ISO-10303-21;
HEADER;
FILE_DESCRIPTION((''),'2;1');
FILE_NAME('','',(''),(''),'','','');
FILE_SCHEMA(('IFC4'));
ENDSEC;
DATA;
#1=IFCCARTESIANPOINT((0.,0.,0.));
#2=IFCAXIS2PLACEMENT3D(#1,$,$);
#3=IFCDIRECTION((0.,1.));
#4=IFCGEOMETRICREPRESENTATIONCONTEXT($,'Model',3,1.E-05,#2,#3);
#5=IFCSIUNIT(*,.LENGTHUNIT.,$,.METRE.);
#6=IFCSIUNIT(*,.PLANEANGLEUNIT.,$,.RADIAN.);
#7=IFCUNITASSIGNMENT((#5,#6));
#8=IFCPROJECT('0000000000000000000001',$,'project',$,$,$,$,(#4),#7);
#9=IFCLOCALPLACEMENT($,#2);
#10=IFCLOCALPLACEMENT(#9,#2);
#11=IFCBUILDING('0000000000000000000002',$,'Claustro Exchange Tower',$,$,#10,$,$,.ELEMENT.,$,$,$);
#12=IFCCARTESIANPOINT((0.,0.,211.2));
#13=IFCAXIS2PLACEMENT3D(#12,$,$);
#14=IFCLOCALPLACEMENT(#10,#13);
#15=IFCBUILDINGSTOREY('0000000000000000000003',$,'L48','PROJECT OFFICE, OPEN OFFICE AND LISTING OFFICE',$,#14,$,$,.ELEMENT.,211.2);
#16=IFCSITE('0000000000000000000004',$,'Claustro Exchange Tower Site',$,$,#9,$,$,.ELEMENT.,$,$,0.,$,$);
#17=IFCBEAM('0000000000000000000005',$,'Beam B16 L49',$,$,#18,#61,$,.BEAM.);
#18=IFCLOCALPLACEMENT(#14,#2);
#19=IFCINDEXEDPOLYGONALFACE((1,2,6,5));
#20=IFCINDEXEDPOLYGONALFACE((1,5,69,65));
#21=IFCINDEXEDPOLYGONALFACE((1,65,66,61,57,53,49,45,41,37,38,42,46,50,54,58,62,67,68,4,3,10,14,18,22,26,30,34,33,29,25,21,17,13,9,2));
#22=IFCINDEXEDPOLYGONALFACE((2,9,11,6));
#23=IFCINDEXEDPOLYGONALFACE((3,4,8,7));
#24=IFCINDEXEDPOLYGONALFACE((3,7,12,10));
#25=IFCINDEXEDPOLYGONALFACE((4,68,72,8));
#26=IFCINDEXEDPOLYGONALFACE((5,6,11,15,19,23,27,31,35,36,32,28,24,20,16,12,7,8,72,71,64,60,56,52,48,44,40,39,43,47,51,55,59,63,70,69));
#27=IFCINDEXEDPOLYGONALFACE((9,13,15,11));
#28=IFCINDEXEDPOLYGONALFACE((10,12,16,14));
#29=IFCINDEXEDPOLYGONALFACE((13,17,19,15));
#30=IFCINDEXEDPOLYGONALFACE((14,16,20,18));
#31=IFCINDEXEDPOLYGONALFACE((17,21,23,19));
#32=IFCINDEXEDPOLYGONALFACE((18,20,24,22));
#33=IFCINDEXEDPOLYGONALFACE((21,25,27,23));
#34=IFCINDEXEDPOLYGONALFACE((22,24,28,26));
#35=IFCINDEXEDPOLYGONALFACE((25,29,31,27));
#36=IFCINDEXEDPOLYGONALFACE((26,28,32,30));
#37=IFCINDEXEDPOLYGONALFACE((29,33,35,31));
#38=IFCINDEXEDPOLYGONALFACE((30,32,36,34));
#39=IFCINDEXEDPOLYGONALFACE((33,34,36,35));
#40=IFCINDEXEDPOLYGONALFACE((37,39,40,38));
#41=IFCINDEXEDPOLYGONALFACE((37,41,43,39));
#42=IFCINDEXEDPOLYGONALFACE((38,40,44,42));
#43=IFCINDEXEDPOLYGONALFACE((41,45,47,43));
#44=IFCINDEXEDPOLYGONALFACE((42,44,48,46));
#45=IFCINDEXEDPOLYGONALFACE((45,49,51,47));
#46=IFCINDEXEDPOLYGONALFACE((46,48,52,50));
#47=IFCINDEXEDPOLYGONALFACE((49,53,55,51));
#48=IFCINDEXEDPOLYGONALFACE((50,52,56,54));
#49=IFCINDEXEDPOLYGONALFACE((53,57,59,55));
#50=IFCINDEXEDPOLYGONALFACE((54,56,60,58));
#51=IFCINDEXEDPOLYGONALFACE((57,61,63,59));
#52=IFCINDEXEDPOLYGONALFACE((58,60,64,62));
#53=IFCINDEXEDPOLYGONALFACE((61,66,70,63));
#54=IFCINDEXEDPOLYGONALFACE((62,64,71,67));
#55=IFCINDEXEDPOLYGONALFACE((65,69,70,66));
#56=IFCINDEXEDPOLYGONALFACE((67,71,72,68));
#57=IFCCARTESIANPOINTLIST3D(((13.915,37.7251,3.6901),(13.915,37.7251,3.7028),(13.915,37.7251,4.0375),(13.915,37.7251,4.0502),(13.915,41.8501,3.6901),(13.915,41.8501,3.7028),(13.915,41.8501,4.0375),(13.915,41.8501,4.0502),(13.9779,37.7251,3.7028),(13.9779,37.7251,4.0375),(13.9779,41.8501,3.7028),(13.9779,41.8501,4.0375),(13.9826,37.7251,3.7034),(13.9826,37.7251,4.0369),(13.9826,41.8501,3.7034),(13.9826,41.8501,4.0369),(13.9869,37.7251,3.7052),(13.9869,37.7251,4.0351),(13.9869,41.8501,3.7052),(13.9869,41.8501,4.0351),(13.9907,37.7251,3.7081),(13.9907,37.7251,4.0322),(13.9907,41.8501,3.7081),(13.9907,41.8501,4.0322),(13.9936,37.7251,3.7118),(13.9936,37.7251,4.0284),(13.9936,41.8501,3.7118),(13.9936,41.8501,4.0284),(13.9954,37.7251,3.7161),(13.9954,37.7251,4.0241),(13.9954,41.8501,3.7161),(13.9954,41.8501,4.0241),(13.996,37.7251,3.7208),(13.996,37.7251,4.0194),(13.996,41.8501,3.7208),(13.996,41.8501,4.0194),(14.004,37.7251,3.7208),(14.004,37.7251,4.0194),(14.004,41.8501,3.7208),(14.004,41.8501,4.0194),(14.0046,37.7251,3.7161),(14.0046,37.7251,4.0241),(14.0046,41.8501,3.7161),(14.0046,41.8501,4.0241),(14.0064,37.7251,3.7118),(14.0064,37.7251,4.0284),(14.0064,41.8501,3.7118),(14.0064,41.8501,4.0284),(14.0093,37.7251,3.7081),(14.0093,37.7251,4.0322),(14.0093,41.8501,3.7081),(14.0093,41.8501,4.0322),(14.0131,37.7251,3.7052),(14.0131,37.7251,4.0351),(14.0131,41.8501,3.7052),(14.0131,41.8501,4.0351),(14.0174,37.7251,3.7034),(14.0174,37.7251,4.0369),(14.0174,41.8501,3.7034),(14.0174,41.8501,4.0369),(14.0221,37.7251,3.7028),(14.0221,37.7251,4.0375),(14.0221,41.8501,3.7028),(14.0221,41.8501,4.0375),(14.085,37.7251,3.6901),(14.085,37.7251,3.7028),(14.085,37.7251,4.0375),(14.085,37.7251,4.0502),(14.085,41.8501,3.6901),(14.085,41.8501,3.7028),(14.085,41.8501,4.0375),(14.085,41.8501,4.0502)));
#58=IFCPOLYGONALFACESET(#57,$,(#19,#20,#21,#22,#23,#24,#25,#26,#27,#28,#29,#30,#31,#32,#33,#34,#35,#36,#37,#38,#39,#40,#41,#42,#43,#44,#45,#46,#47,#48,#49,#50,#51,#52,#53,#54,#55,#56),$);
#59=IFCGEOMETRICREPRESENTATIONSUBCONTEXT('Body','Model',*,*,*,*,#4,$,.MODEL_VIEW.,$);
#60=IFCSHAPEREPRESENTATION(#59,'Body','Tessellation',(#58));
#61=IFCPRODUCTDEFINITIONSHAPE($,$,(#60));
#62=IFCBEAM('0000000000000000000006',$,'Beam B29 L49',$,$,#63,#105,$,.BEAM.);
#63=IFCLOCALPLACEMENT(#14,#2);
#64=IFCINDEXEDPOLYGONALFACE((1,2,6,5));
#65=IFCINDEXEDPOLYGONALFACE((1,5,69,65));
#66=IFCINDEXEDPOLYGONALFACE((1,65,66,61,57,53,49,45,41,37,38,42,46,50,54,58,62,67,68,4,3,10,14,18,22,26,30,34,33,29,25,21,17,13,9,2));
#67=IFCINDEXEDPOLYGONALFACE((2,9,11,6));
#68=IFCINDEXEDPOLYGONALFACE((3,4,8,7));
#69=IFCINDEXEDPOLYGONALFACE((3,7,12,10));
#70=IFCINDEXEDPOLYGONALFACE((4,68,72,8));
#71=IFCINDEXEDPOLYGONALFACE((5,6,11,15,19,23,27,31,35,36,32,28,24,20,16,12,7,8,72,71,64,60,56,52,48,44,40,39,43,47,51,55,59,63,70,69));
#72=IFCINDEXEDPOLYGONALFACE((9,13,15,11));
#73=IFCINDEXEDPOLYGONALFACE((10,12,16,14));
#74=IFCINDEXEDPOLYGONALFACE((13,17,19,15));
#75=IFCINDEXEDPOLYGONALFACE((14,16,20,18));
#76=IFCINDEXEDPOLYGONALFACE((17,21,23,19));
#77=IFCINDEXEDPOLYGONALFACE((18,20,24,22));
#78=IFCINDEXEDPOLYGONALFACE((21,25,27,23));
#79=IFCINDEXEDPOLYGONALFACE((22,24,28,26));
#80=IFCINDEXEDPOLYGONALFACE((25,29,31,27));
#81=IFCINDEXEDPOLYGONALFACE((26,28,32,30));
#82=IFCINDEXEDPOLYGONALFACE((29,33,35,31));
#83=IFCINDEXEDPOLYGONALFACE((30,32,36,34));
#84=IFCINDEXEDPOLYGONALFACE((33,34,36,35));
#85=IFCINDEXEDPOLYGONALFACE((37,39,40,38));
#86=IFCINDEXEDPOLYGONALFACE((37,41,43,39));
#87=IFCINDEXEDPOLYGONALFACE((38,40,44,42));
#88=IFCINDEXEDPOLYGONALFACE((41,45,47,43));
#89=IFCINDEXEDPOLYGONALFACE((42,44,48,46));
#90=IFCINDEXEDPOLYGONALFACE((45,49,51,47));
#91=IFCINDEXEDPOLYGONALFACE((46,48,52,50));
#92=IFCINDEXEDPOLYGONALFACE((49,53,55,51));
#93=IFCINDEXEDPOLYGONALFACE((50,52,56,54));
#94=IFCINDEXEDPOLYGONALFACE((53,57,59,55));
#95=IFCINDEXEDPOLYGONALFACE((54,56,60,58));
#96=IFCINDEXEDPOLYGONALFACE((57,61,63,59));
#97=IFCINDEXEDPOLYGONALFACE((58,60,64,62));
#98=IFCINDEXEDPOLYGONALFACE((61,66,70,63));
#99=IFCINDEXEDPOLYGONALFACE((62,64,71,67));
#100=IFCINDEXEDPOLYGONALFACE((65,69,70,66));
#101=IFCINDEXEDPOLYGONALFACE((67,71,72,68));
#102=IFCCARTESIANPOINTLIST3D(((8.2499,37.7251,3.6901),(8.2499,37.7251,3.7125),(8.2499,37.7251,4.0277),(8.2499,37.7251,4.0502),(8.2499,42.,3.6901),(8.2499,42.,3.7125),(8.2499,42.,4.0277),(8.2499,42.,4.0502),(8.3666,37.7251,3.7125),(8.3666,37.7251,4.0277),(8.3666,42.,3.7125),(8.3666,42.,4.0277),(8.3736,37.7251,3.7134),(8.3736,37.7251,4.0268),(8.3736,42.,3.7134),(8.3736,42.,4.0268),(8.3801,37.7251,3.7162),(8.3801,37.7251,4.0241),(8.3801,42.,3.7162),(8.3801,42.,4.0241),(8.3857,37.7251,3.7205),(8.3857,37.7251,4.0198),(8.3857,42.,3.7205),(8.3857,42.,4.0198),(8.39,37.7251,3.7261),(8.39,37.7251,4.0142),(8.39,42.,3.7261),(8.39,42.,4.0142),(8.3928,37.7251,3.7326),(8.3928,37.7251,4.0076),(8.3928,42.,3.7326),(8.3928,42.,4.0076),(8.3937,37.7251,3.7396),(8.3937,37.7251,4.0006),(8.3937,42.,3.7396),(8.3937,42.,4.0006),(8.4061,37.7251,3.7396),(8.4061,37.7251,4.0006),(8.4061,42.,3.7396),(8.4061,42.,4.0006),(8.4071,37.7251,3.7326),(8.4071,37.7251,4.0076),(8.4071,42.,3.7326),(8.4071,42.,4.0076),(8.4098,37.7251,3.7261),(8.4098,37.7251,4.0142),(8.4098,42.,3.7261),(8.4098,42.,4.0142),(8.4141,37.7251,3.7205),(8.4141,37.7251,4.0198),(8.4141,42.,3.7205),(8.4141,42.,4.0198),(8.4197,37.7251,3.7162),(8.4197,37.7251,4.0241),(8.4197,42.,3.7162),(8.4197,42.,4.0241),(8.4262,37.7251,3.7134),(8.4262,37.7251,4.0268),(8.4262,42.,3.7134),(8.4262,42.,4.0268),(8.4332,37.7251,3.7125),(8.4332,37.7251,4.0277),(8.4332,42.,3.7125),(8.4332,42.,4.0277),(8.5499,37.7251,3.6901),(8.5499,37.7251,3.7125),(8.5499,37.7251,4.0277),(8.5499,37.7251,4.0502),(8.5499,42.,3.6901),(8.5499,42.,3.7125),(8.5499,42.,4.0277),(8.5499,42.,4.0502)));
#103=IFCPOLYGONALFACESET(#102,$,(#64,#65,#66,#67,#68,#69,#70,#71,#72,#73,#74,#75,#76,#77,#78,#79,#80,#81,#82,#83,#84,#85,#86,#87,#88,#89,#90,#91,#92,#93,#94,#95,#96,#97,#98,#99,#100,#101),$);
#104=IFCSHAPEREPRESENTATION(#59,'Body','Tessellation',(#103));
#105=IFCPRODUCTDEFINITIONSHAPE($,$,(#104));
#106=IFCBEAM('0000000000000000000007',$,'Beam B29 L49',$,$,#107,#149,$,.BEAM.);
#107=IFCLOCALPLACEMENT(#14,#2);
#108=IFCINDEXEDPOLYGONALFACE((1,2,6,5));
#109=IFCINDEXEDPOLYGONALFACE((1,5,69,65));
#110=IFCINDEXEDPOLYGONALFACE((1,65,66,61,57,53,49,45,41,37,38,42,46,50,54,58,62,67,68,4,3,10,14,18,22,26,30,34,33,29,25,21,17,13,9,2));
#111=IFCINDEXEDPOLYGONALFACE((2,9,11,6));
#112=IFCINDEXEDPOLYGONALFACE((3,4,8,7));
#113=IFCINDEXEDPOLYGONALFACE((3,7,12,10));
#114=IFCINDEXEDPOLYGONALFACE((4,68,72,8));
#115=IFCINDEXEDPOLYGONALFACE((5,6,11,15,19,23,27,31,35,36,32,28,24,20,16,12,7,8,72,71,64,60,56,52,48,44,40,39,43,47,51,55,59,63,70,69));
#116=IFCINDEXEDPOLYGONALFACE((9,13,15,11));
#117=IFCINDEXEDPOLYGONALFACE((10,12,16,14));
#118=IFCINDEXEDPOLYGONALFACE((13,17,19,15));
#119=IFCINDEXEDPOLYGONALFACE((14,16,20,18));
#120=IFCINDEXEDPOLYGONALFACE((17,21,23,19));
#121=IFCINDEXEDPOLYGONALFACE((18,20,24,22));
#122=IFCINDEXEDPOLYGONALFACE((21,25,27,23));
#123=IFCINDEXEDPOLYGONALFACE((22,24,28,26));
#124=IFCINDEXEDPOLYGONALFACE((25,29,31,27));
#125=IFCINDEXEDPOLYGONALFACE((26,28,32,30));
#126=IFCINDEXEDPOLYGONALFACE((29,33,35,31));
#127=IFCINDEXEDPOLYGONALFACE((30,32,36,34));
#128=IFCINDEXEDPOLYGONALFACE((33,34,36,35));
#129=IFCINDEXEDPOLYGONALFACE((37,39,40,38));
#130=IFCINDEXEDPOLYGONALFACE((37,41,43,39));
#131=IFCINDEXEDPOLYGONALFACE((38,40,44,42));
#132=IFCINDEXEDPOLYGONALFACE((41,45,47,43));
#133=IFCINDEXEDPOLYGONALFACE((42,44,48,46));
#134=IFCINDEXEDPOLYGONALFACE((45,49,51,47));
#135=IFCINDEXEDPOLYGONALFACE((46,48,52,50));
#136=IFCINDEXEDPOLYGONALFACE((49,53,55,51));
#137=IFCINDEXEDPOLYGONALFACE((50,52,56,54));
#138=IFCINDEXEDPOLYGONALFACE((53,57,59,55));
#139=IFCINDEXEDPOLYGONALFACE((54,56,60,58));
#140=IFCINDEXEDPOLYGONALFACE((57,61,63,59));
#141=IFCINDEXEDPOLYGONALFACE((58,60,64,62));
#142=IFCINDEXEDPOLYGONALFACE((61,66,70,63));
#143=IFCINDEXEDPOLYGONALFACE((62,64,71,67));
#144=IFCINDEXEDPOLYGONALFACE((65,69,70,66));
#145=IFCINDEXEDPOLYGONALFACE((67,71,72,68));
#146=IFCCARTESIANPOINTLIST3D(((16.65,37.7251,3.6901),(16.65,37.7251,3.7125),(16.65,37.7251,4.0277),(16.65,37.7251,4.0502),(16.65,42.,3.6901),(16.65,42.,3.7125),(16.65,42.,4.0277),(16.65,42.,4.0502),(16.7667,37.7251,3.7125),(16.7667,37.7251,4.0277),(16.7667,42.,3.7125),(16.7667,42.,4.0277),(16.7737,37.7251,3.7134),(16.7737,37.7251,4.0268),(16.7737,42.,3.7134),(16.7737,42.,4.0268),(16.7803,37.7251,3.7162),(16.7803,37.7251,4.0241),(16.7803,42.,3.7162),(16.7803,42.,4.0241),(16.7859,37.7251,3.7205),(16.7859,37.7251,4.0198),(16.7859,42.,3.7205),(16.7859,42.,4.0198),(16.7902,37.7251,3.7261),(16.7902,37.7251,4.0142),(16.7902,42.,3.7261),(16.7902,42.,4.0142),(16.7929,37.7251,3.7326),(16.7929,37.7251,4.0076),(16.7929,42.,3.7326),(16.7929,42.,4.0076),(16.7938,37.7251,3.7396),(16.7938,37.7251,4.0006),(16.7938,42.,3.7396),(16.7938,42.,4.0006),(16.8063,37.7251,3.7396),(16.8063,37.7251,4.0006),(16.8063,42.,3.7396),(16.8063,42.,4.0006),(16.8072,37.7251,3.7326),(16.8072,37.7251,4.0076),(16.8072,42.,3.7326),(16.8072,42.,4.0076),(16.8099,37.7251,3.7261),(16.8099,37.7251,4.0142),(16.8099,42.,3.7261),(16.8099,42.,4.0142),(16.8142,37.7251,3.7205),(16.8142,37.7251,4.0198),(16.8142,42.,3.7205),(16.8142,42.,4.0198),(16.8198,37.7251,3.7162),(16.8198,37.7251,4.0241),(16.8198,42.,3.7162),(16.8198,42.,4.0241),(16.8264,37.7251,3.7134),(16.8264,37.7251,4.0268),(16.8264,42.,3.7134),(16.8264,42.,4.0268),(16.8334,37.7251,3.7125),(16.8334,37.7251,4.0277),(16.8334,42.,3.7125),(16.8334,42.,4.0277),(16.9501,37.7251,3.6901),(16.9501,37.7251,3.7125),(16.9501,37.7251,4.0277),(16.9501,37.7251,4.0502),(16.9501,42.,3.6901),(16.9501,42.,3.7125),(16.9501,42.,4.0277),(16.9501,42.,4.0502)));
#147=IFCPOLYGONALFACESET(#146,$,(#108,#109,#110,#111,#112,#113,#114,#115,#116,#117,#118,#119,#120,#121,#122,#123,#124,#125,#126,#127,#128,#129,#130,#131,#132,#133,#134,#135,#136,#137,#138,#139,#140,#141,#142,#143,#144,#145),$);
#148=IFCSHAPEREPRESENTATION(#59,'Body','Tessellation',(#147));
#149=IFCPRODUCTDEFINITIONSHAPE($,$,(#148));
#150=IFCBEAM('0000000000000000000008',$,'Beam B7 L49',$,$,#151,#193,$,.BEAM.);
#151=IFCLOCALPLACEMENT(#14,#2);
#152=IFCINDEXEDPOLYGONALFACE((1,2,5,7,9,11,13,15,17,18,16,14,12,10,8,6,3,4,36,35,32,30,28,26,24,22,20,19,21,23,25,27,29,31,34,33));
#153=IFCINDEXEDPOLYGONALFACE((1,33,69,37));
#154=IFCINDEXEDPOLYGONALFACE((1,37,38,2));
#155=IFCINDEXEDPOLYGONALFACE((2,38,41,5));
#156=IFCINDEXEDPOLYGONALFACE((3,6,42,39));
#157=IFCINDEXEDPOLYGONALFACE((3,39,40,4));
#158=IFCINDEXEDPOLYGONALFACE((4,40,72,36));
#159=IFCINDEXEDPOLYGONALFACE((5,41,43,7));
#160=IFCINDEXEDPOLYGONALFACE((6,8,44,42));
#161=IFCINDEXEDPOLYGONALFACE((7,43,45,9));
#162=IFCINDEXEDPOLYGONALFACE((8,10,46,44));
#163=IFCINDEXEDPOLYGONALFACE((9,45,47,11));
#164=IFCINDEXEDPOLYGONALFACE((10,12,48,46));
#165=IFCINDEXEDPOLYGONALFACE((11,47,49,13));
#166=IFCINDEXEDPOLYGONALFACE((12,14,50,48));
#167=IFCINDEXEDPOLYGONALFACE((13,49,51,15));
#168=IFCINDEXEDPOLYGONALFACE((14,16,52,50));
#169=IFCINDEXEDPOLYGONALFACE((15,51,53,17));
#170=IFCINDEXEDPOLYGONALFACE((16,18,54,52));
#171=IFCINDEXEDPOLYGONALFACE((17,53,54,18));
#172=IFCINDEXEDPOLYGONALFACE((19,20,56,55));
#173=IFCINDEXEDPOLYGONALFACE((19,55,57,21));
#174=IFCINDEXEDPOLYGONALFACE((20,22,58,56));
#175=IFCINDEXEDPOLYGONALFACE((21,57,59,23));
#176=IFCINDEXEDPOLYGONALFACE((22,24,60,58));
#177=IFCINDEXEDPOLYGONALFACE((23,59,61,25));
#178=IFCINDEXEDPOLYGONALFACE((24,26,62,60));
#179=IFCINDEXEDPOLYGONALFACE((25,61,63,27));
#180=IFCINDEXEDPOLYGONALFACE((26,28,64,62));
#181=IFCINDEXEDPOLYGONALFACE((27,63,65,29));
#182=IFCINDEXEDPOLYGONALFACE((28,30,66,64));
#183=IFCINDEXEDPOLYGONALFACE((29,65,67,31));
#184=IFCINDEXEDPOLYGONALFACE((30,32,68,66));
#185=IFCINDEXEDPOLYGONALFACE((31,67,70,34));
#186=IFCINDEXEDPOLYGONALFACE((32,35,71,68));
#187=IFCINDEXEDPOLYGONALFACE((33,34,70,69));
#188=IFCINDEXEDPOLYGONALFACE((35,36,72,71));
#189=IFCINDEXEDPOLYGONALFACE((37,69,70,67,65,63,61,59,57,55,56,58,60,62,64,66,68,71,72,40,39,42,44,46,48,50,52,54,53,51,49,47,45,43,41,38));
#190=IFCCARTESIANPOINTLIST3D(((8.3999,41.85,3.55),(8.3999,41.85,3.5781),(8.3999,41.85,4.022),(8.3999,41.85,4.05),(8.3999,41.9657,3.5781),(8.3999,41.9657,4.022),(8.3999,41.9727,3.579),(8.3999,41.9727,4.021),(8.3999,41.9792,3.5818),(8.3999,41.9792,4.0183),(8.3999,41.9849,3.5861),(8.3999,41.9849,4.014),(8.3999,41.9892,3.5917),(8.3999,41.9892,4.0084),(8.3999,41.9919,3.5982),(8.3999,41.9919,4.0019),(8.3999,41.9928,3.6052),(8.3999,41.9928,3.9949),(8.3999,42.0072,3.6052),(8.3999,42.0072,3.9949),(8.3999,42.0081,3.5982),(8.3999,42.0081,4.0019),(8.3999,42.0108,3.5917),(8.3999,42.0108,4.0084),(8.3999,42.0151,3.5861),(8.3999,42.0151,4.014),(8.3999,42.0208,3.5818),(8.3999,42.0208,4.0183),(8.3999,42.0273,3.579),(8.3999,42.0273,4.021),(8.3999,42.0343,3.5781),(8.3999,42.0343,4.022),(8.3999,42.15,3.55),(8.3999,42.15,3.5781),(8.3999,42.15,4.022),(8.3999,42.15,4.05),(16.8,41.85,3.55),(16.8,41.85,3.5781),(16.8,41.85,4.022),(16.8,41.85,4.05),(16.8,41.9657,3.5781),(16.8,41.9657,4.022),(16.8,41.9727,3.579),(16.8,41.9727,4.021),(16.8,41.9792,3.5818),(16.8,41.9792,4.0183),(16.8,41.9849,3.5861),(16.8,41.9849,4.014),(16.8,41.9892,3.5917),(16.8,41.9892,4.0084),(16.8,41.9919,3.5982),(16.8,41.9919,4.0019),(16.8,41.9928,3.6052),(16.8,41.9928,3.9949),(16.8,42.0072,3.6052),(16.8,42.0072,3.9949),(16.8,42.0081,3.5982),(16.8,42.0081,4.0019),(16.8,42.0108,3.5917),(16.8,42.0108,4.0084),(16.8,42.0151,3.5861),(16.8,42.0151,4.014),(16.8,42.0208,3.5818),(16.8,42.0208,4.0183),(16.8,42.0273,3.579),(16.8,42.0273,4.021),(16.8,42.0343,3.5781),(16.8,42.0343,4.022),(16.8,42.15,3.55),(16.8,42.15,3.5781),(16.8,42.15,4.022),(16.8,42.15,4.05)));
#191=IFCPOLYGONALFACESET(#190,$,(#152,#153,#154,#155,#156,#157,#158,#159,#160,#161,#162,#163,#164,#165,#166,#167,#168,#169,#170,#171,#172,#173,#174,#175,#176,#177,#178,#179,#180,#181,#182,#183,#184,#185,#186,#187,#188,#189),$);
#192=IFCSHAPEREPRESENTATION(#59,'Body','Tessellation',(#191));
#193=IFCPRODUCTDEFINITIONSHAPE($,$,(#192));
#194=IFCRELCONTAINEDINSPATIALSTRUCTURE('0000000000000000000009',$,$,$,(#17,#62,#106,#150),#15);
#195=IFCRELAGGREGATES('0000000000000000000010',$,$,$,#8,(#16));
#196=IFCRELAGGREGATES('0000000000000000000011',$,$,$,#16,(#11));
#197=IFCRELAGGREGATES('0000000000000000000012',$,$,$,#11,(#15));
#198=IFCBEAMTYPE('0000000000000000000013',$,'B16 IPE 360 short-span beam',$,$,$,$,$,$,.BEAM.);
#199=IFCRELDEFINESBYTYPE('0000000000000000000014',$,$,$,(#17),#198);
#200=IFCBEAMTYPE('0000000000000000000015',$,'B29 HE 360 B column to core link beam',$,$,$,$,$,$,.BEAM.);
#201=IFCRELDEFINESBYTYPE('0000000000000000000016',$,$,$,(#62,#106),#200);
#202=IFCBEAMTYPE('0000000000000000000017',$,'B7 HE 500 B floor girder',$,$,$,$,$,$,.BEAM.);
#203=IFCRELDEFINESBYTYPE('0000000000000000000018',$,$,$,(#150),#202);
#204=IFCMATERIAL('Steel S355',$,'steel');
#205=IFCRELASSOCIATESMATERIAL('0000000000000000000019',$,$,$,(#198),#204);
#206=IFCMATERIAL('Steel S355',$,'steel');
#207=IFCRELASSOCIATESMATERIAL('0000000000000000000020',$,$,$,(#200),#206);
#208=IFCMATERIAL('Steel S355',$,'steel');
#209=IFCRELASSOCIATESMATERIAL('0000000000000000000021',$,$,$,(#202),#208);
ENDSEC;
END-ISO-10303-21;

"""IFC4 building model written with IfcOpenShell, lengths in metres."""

from ifc_helpers import new_model, si_unit, direction, frame, origin, origin_2d, place, context, subcontext, project, spatial, i_section, extrude, material, material_profile, profile_set, type_object, element, save


model = new_model("IFC4")

# Units and contexts
model_context = context("Model", 3, precision=1e-05, world=origin(), true_north=direction((0.0, 1.0)))
body_context = subcontext(model_context, "Body", "Model", "MODEL_VIEW")
ifc_project = project(units=[si_unit("LENGTHUNIT", "METRE"), si_unit("PLANEANGLEUNIT", "RADIAN")], contexts=[model_context])

# Site, building, storey
site_placement = place(None, origin())
site = spatial("IfcSite", under=ifc_project, at=site_placement, Name="Claustro Exchange Tower Site", CompositionType="ELEMENT", RefElevation=0.0)
building_placement = place(site_placement, origin())
building = spatial("IfcBuilding", under=site, at=building_placement, Name="Claustro Exchange Tower", CompositionType="ELEMENT")
storey_placement = place(building_placement, frame((0.0, 0.0, 211.2)))
storey = spatial("IfcBuildingStorey", under=building, at=storey_placement, Name="L48", Description="PROJECT OFFICE, OPEN OFFICE AND LISTING OFFICE", CompositionType="ELEMENT", Elevation=211.2)

# Beams
ifc_material_1 = material(Name="Steel S355", Category="steel")
ifc_material_profile_1 = material_profile(ifc_material_1, i_section(OverallWidth=0.1699, OverallDepth=0.3601, WebThickness=0.0081, FlangeThickness=0.0127, FilletRadius=0.0181, at=origin_2d()), Name="IPE 360")
ifc_profile_set_1 = profile_set([ifc_material_profile_1], Name="Steel S355")
beam_type_1 = type_object("IfcBeamType", Name="B16 IPE 360 short-span beam", PredefinedType="BEAM", material=ifc_profile_set_1)
for number, where, z_axis, x_axis, name in (
    (1, (14.0, 37.7251, 3.8701), (0.0, 1.0, 0.0), (-1.0, 0.0, 0.0), "Beam B16 L49"),
):
    element("IfcBeam", number, at=place(storey_placement, frame(where, z_axis=z_axis, x_axis=x_axis)), inside=storey, type_object=beam_type_1, Name=name, PredefinedType="BEAM", context=body_context, shape_type="SweptSolid", body=[
        extrude(i_section(OverallWidth=0.1699, OverallDepth=0.3601, WebThickness=0.0081, FlangeThickness=0.0127, FilletRadius=0.0181, at=origin_2d()), origin(), (0.0, 0.0, 1.0), 4.125),
    ])
ifc_material_2 = material(Name="Steel S355", Category="steel")
ifc_material_profile_2 = material_profile(ifc_material_2, i_section(OverallWidth=0.3, OverallDepth=0.3601, WebThickness=0.0125, FlangeThickness=0.0225, FilletRadius=0.0271, at=origin_2d()), Name="HE 360 B")
ifc_profile_set_2 = profile_set([ifc_material_profile_2], Name="Steel S355")
beam_type_2 = type_object("IfcBeamType", Name="B29 HE 360 B column to core link beam", PredefinedType="BEAM", material=ifc_profile_set_2)
for number, where, z_axis, x_axis, name in (
    (2, (8.3999, 37.7251, 3.8701), (0.0, 1.0, 0.0), (-1.0, 0.0, 0.0), "Beam B29 L49"),
    (3, (16.8, 37.7251, 3.8701), (0.0, 1.0, 0.0), (-1.0, 0.0, 0.0), "Beam B29 L49"),
):
    element("IfcBeam", number, at=place(storey_placement, frame(where, z_axis=z_axis, x_axis=x_axis)), inside=storey, type_object=beam_type_2, Name=name, PredefinedType="BEAM", context=body_context, shape_type="SweptSolid", body=[
        extrude(i_section(OverallWidth=0.3, OverallDepth=0.3601, WebThickness=0.0125, FlangeThickness=0.0225, FilletRadius=0.0271, at=origin_2d()), origin(), (0.0, 0.0, 1.0), 4.2749),
    ])
ifc_material_3 = material(Name="Steel S355", Category="steel")
ifc_material_profile_3 = material_profile(ifc_material_3, i_section(OverallWidth=0.3, OverallDepth=0.5, WebThickness=0.0144, FlangeThickness=0.0281, FilletRadius=0.0271, at=origin_2d()), Name="HE 500 B")
ifc_profile_set_3 = profile_set([ifc_material_profile_3], Name="Steel S355")
beam_type_3 = type_object("IfcBeamType", Name="B7 HE 500 B floor girder", PredefinedType="BEAM", material=ifc_profile_set_3)
beam_1_placement = place(storey_placement, frame((8.3999, 42.0, 3.8), z_axis=(1.0, 0.0, 0.0), x_axis=(0.0, 1.0, 0.0)))
element("IfcBeam", 4, at=beam_1_placement, inside=storey, type_object=beam_type_3, Name="Beam B7 L49", PredefinedType="BEAM", context=body_context, shape_type="SweptSolid", body=[
    extrude(i_section(OverallWidth=0.3, OverallDepth=0.5, WebThickness=0.0144, FlangeThickness=0.0281, FilletRadius=0.0271, at=origin_2d()), origin(), (0.0, 0.0, 1.0), 8.4001),
])

save(model, "model.ifc")
